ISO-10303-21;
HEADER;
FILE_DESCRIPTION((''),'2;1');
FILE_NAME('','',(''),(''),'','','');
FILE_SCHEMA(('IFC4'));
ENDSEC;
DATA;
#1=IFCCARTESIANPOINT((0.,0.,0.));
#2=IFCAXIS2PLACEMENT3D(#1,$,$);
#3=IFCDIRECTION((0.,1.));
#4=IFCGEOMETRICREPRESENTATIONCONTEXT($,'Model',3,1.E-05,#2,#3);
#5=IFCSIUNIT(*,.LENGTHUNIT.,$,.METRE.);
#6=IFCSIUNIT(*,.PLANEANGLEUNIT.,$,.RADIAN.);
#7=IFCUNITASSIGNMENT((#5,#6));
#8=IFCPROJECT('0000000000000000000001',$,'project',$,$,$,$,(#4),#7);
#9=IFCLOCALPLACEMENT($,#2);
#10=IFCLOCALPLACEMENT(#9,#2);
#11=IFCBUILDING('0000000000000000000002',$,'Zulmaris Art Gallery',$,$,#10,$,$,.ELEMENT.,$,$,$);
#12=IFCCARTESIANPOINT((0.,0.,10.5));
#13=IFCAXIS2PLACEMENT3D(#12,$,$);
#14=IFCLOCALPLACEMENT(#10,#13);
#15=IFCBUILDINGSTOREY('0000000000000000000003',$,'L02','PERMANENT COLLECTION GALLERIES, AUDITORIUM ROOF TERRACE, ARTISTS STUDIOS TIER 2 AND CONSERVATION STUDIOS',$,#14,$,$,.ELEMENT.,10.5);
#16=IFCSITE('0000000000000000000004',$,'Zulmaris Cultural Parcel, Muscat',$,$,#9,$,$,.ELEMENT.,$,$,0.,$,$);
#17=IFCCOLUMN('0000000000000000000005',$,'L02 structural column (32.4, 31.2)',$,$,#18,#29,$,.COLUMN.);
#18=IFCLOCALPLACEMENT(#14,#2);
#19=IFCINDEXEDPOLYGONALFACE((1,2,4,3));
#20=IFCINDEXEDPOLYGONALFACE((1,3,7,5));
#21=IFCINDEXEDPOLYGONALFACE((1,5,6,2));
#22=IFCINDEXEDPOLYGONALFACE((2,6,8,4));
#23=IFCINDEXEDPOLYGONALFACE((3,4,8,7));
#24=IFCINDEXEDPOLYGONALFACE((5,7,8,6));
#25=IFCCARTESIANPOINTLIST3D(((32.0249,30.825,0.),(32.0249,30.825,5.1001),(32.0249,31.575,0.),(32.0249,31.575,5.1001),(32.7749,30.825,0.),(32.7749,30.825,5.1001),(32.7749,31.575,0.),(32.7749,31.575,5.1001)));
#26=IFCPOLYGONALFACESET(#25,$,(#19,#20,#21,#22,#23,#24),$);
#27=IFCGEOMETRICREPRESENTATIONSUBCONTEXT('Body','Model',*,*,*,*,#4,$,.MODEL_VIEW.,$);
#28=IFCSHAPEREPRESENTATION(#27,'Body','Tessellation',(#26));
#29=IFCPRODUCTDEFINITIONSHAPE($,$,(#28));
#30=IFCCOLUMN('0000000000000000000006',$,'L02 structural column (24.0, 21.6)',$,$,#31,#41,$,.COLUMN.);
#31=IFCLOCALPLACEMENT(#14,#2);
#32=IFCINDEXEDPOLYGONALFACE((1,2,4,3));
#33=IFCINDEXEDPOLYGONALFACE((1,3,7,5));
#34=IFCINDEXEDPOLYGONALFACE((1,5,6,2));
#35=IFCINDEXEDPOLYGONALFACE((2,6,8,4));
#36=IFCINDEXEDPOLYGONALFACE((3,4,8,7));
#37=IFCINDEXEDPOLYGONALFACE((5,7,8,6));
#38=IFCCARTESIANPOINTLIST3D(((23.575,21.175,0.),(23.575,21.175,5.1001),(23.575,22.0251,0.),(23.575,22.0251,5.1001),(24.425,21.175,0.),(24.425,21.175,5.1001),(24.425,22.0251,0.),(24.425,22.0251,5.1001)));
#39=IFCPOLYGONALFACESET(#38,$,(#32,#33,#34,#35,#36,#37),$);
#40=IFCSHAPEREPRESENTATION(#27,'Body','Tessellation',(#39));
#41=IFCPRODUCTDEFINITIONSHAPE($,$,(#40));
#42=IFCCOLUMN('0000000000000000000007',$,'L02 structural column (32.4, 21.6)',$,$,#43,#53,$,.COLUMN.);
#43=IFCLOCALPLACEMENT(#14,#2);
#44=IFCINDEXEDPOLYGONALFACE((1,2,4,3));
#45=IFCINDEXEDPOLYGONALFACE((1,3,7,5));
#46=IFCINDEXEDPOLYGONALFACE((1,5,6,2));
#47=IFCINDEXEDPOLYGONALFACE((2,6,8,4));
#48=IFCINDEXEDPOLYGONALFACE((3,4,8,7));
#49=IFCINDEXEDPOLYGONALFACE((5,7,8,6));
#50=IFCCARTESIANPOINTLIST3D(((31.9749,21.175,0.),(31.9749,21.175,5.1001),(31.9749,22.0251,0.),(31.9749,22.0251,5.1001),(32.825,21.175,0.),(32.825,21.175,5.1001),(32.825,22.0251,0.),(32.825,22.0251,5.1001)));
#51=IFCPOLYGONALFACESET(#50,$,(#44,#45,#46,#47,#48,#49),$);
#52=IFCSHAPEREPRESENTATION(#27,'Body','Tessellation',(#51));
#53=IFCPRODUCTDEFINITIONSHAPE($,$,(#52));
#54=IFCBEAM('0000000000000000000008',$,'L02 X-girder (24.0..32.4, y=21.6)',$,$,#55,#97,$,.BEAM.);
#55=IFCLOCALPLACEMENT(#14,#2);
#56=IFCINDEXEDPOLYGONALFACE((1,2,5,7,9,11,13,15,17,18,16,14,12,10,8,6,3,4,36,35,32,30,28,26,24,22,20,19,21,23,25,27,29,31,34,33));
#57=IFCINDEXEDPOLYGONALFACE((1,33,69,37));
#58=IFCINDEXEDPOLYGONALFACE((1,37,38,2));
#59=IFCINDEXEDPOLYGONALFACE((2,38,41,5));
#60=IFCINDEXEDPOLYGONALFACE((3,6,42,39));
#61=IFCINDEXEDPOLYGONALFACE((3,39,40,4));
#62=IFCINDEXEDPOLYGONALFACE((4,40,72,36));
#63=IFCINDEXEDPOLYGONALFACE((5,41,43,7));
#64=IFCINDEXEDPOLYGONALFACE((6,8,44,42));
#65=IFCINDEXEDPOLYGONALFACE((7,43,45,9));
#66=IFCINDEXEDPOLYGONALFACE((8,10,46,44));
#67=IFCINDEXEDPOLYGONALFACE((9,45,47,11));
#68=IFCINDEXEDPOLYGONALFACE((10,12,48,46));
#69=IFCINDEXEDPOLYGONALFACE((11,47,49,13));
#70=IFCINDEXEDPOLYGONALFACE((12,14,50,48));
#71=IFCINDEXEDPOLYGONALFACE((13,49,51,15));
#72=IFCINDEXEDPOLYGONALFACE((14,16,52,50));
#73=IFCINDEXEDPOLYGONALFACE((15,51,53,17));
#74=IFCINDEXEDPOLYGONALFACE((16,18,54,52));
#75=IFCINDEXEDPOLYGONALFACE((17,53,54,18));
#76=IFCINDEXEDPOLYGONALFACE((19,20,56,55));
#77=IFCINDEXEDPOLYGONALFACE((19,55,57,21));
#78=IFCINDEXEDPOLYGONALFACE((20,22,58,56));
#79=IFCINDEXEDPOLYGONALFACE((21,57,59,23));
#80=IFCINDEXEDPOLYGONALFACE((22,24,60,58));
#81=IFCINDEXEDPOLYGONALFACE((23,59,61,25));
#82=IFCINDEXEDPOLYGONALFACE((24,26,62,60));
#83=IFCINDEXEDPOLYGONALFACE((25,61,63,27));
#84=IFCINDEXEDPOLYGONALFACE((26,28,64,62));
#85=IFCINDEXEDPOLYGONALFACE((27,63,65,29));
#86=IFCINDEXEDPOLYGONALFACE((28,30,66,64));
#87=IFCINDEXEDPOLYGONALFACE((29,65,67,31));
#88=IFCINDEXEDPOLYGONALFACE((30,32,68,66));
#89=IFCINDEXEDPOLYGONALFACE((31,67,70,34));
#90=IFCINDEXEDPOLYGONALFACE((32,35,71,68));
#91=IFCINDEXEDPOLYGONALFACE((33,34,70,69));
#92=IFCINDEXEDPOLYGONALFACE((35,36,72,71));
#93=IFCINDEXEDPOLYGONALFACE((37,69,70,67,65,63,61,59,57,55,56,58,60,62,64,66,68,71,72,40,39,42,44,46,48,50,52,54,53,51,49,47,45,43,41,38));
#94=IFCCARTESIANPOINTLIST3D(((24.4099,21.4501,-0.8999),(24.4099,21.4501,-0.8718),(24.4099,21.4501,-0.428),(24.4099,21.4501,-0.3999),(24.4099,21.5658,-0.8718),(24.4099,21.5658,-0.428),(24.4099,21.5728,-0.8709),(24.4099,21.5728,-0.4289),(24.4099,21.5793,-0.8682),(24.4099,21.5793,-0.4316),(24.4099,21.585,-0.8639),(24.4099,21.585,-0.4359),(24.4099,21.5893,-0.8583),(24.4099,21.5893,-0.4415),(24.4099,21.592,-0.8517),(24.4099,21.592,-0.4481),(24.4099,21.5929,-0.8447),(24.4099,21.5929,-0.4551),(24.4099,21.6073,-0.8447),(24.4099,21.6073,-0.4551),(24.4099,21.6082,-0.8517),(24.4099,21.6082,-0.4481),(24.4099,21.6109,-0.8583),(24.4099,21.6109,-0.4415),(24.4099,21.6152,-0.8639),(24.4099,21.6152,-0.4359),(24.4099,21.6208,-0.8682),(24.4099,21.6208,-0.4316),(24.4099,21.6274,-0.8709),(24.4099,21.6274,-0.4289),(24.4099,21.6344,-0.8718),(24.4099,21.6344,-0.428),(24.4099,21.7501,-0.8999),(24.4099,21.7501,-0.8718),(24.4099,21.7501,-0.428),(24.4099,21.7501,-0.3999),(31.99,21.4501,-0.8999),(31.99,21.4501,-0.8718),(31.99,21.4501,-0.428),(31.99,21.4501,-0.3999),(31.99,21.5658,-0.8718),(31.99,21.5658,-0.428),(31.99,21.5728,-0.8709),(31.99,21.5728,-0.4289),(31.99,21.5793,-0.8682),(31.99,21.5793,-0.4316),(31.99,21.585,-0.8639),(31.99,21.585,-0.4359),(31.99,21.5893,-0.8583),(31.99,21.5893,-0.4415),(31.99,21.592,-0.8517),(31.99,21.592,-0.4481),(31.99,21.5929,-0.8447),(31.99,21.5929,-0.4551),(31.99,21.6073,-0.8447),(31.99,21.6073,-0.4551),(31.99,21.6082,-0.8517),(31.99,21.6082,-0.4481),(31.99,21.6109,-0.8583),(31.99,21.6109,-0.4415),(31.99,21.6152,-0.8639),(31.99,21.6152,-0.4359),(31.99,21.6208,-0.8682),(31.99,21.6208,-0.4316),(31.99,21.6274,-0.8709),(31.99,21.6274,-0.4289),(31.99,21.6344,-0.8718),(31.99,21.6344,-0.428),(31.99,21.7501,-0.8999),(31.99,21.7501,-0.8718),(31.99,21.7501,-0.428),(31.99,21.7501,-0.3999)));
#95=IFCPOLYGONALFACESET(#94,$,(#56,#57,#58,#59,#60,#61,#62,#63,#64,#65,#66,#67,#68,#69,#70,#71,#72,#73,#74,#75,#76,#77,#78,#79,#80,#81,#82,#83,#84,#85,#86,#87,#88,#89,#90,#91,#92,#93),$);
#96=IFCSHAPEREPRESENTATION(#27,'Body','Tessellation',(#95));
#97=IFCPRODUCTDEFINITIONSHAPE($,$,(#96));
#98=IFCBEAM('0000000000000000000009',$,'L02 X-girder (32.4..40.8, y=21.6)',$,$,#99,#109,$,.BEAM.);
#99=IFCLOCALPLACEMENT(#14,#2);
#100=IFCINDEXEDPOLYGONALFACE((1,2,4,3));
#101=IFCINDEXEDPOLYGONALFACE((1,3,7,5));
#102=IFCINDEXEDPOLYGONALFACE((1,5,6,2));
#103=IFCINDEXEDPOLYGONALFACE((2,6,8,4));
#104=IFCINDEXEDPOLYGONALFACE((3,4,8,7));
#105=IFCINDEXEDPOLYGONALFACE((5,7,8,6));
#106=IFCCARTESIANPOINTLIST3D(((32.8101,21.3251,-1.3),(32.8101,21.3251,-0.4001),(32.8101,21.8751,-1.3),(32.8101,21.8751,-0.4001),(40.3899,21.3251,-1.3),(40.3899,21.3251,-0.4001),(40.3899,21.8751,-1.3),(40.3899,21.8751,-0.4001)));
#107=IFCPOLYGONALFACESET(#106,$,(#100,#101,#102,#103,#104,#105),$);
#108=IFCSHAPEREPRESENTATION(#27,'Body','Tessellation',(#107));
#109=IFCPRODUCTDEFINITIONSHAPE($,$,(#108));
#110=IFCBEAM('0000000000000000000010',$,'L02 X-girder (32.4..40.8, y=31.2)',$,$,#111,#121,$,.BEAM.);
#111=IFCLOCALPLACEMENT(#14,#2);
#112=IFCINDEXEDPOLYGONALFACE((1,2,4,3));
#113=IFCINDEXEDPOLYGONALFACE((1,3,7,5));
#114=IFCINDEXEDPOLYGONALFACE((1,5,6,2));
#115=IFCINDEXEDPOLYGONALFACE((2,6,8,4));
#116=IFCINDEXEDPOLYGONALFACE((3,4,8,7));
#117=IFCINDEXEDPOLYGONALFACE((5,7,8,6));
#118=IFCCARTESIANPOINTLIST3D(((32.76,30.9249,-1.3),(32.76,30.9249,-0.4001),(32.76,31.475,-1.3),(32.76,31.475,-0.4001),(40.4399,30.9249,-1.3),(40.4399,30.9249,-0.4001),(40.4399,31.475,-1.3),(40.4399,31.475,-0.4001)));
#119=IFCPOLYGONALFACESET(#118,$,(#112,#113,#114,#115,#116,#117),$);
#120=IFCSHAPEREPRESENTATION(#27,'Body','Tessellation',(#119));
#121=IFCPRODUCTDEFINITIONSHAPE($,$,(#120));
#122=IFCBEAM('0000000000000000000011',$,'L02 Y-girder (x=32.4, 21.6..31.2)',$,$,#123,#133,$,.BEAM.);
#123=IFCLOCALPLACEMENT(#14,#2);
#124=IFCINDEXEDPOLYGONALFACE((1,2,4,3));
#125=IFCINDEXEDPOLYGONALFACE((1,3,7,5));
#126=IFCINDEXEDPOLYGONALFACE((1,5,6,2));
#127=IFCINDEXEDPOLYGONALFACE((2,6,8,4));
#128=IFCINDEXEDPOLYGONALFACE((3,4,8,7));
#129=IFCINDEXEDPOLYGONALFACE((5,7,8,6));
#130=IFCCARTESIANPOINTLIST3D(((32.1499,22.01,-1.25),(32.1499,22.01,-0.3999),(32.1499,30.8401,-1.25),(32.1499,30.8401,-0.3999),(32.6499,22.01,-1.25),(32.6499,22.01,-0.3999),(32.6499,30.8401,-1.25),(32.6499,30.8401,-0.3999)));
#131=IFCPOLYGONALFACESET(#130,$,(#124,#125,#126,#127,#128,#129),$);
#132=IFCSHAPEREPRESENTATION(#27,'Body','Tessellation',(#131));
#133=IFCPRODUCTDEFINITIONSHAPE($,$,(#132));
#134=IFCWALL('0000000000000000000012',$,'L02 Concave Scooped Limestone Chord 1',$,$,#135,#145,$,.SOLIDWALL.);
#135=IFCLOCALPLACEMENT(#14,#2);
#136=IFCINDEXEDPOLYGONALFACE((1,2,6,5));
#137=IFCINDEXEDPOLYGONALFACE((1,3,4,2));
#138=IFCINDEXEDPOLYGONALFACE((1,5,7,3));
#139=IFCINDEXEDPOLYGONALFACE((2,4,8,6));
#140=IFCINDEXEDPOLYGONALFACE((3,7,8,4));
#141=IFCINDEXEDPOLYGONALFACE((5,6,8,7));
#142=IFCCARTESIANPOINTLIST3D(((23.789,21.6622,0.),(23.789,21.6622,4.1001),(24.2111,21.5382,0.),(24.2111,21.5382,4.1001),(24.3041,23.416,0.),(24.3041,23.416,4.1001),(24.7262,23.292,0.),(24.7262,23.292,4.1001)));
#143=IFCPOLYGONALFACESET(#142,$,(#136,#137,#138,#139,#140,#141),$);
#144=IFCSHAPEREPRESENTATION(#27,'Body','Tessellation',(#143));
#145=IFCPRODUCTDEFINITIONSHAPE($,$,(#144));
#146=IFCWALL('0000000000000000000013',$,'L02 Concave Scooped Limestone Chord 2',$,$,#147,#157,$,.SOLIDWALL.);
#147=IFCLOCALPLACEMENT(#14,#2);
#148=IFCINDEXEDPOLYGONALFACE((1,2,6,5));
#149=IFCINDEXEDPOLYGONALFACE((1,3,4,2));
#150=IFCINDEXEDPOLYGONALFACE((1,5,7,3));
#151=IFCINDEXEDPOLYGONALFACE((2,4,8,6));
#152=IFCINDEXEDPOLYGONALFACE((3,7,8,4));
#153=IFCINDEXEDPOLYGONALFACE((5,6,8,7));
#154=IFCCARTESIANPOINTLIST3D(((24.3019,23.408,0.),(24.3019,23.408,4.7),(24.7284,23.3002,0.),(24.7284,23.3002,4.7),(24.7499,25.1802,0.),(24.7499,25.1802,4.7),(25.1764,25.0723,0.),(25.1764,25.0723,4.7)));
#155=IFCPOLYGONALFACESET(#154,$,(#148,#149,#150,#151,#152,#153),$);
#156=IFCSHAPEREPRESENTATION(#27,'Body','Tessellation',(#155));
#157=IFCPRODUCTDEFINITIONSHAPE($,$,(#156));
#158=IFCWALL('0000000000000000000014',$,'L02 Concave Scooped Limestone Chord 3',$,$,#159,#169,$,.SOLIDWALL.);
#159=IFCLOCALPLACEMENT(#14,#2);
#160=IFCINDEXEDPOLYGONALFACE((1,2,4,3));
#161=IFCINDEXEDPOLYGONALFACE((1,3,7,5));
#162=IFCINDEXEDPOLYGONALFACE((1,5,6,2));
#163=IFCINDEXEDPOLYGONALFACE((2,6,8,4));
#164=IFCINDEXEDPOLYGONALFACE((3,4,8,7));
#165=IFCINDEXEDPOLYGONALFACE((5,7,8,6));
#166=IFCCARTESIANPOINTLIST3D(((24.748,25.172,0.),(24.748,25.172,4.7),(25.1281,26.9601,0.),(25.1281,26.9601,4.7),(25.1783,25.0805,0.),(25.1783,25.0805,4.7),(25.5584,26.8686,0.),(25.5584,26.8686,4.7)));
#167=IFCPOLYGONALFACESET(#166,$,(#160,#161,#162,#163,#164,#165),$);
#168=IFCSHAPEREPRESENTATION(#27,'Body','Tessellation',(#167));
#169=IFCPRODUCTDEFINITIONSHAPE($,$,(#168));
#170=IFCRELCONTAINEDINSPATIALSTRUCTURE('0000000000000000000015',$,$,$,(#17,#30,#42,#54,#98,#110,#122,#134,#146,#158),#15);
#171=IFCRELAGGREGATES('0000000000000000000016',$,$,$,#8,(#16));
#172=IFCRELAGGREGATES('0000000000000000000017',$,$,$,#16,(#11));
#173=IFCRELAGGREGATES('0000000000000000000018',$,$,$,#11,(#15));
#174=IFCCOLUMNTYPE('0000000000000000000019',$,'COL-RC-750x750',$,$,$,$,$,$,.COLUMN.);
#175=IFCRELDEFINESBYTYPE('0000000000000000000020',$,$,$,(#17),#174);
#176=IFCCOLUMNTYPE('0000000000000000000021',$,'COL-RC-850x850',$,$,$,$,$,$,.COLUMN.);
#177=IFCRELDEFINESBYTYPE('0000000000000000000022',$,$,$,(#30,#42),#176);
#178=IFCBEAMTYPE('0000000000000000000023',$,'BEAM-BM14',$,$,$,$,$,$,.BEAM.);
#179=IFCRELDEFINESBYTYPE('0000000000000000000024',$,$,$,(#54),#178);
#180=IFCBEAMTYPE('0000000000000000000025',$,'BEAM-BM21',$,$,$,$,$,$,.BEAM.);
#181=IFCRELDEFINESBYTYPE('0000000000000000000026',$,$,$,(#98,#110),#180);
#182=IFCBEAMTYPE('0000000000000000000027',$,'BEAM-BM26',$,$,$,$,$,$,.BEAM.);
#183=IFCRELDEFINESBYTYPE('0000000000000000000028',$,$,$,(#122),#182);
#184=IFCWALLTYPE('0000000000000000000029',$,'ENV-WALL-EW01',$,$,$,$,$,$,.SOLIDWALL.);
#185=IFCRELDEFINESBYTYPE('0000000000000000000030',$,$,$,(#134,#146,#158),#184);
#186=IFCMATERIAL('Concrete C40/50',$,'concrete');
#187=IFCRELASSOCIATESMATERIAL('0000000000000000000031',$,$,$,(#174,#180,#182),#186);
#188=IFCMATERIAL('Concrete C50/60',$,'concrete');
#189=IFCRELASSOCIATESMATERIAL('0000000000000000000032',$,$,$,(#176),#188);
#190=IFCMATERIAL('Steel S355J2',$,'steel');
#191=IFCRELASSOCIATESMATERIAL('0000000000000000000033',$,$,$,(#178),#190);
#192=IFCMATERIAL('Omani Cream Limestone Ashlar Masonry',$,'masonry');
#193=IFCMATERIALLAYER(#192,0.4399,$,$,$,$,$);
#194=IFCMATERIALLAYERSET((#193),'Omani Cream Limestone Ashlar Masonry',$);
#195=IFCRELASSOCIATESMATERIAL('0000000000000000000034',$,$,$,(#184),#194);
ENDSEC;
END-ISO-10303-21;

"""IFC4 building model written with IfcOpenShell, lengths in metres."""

from ifc_helpers import new_model, si_unit, direction, frame, frame_2d, origin, origin_2d, place, context, subcontext, project, spatial, rectangle, i_section, extrude, material, layer, layer_set, material_profile, profile_set, type_object, element, save


model = new_model("IFC4")

# Units and contexts
model_context = context("Model", 3, precision=1e-05, world=origin(), true_north=direction((0.0, 1.0)))
body_context = subcontext(model_context, "Body", "Model", "MODEL_VIEW")
ifc_project = project(units=[si_unit("LENGTHUNIT", "METRE"), si_unit("PLANEANGLEUNIT", "RADIAN")], contexts=[model_context])

# Site, building, storey
site_placement = place(None, origin())
site = spatial("IfcSite", under=ifc_project, at=site_placement, Name="Zulmaris Cultural Parcel, Muscat", CompositionType="ELEMENT", RefElevation=0.0)
building_placement = place(site_placement, origin())
building = spatial("IfcBuilding", under=site, at=building_placement, Name="Zulmaris Art Gallery", CompositionType="ELEMENT")
storey_placement = place(building_placement, frame((0.0, 0.0, 10.5)))
storey = spatial("IfcBuildingStorey", under=building, at=storey_placement, Name="L02", Description="PERMANENT COLLECTION GALLERIES, AUDITORIUM ROOF TERRACE, ARTISTS STUDIOS TIER 2 AND CONSERVATION STUDIOS", CompositionType="ELEMENT", Elevation=10.5)

# Columns
ifc_material_1 = material(Name="Concrete C40/50", Category="concrete")
ifc_material_profile_1 = material_profile(ifc_material_1, rectangle(XDim=0.75, YDim=0.75, at=origin_2d()), Name="RC 750x750")
ifc_profile_set_1 = profile_set([ifc_material_profile_1], Name="Concrete C40/50")
column_type_1 = type_object("IfcColumnType", Name="COL-RC-750x750", PredefinedType="COLUMN", material=ifc_profile_set_1)
column_placement = place(storey_placement, frame((32.3999, 31.2, 0.0), z_axis=(0.0, 0.0, 1.0), x_axis=(1.0, 0.0, 0.0)))
element("IfcColumn", 1, at=column_placement, inside=storey, type_object=column_type_1, Name="L02 structural column (32.4, 31.2)", PredefinedType="COLUMN", context=body_context, shape_type="SweptSolid", body=[
    extrude(rectangle(XDim=0.75, YDim=0.75, at=origin_2d()), origin(), (0.0, 0.0, 1.0), 5.1001),
])
ifc_material_2 = material(Name="Concrete C50/60", Category="concrete")
ifc_material_profile_2 = material_profile(ifc_material_2, rectangle(XDim=0.8501, YDim=0.8501, at=origin_2d()), Name="RC 850x850")
ifc_profile_set_2 = profile_set([ifc_material_profile_2], Name="Concrete C50/60")
column_type_2 = type_object("IfcColumnType", Name="COL-RC-850x850", PredefinedType="COLUMN", material=ifc_profile_set_2)
for number, where, z_axis, x_axis, name in (
    (2, (24.0, 21.6001, 0.0), (0.0, 0.0, 1.0), (1.0, 0.0, 0.0), "L02 structural column (24.0, 21.6)"),
    (3, (32.3999, 21.6001, 0.0), (0.0, 0.0, 1.0), (1.0, 0.0, 0.0), "L02 structural column (32.4, 21.6)"),
):
    element("IfcColumn", number, at=place(storey_placement, frame(where, z_axis=z_axis, x_axis=x_axis)), inside=storey, type_object=column_type_2, Name=name, PredefinedType="COLUMN", context=body_context, shape_type="SweptSolid", body=[
        extrude(rectangle(XDim=0.8501, YDim=0.8501, at=origin_2d()), origin(), (0.0, 0.0, 1.0), 5.1001),
    ])

# Beams
ifc_material_3 = material(Name="Steel S355J2", Category="steel")
ifc_material_profile_3 = material_profile(ifc_material_3, i_section(OverallWidth=0.3, OverallDepth=0.5, WebThickness=0.0144, FlangeThickness=0.0281, FilletRadius=0.0271, at=origin_2d()), Name="HEB 500")
ifc_profile_set_3 = profile_set([ifc_material_profile_3], Name="Steel S355J2")
beam_type_1 = type_object("IfcBeamType", Name="BEAM-BM14", PredefinedType="BEAM", material=ifc_profile_set_3)
beam_1_placement = place(storey_placement, frame((24.4099, 21.6001, -0.6499), z_axis=(1.0, 0.0, 0.0), x_axis=(0.0, 1.0, 0.0)))
element("IfcBeam", 4, at=beam_1_placement, inside=storey, type_object=beam_type_1, Name="L02 X-girder (24.0..32.4, y=21.6)", PredefinedType="BEAM", context=body_context, shape_type="SweptSolid", body=[
    extrude(i_section(OverallWidth=0.3, OverallDepth=0.5, WebThickness=0.0144, FlangeThickness=0.0281, FilletRadius=0.0271, at=origin_2d()), origin(), (0.0, 0.0, 1.0), 7.5801),
])
ifc_material_profile_4 = material_profile(ifc_material_1, rectangle(XDim=0.55, YDim=0.8999, at=origin_2d()), Name="RC 550x900")
ifc_profile_set_4 = profile_set([ifc_material_profile_4], Name="Concrete C40/50")
beam_type_2 = type_object("IfcBeamType", Name="BEAM-BM21", PredefinedType="BEAM", material=ifc_profile_set_4)
beam_2_placement = place(storey_placement, frame((32.8101, 21.6001, -0.8501), z_axis=(1.0, 0.0, 0.0), x_axis=(0.0, 1.0, 0.0)))
element("IfcBeam", 5, at=beam_2_placement, inside=storey, type_object=beam_type_2, Name="L02 X-girder (32.4..40.8, y=21.6)", PredefinedType="BEAM", context=body_context, shape_type="SweptSolid", body=[
    extrude(rectangle(XDim=0.55, YDim=0.8999, at=origin_2d()), origin(), (0.0, 0.0, 1.0), 7.5798),
])
beam_3_placement = place(storey_placement, frame((32.76, 31.2, -0.8501), z_axis=(1.0, 0.0, 0.0), x_axis=(0.0, 1.0, 0.0)))
element("IfcBeam", 6, at=beam_3_placement, inside=storey, type_object=beam_type_2, Name="L02 X-girder (32.4..40.8, y=31.2)", PredefinedType="BEAM", context=body_context, shape_type="SweptSolid", body=[
    extrude(rectangle(XDim=0.55, YDim=0.8999, at=origin_2d()), origin(), (0.0, 0.0, 1.0), 7.6799),
])
ifc_material_profile_5 = material_profile(ifc_material_1, rectangle(XDim=0.5, YDim=0.8501, at=origin_2d()), Name="RC 500x850")
ifc_profile_set_5 = profile_set([ifc_material_profile_5], Name="Concrete C40/50")
beam_type_3 = type_object("IfcBeamType", Name="BEAM-BM26", PredefinedType="BEAM", material=ifc_profile_set_5)
beam_4_placement = place(storey_placement, frame((32.3999, 22.01, -0.825), z_axis=(0.0, 1.0, 0.0), x_axis=(-1.0, 0.0, 0.0)))
element("IfcBeam", 7, at=beam_4_placement, inside=storey, type_object=beam_type_3, Name="L02 Y-girder (x=32.4, 21.6..31.2)", PredefinedType="BEAM", context=body_context, shape_type="SweptSolid", body=[
    extrude(rectangle(XDim=0.5, YDim=0.8501, at=origin_2d()), origin(), (0.0, 0.0, 1.0), 8.8301),
])

# Walls
ifc_material_4 = material(Name="Omani Cream Limestone Ashlar Masonry", Category="masonry")
ifc_layer_1 = layer(ifc_material_4, 0.4399)
ifc_layer_set_1 = layer_set([ifc_layer_1], Name="Omani Cream Limestone Ashlar Masonry")
wall_type_1 = type_object("IfcWallType", Name="ENV-WALL-EW01", PredefinedType="SOLIDWALL", material=ifc_layer_set_1)
wall_1_placement = place(storey_placement, frame((24.0, 21.6001, 0.0), z_axis=(0.0, 0.0, 1.0), x_axis=(0.281805, 0.959472, 0.0)))
element("IfcWall", 8, at=wall_1_placement, inside=storey, type_object=wall_type_1, Name="L02 Concave Scooped Limestone Chord 1", PredefinedType="SOLIDWALL", context=body_context, shape_type="SweptSolid", body=[
    extrude(rectangle(XDim=1.8279, YDim=0.4399, at=frame_2d((0.9141, 0.0))), origin(), (0.0, 0.0, 1.0), 4.1001),
])
wall_2_placement = place(storey_placement, frame((24.5151, 23.354, 0.0), z_axis=(0.0, 0.0, 1.0), x_axis=(0.24508, 0.969503, 0.0)))
element("IfcWall", 9, at=wall_2_placement, inside=storey, type_object=wall_type_1, Name="L02 Concave Scooped Limestone Chord 2", PredefinedType="SOLIDWALL", context=body_context, shape_type="SweptSolid", body=[
    extrude(rectangle(XDim=1.8279, YDim=0.4399, at=frame_2d((0.9141, 0.0))), origin(), (0.0, 0.0, 1.0), 4.7),
])
wall_3_placement = place(storey_placement, frame((24.9631, 25.1262, 0.0), z_axis=(0.0, 0.0, 1.0), x_axis=(0.207942, 0.978141, 0.0)))
element("IfcWall", 10, at=wall_3_placement, inside=storey, type_object=wall_type_1, Name="L02 Concave Scooped Limestone Chord 3", PredefinedType="SOLIDWALL", context=body_context, shape_type="SweptSolid", body=[
    extrude(rectangle(XDim=1.8281, YDim=0.4399, at=frame_2d((0.9141, 0.0))), origin(), (0.0, 0.0, 1.0), 4.7),
])

save(model, "model.ifc")
